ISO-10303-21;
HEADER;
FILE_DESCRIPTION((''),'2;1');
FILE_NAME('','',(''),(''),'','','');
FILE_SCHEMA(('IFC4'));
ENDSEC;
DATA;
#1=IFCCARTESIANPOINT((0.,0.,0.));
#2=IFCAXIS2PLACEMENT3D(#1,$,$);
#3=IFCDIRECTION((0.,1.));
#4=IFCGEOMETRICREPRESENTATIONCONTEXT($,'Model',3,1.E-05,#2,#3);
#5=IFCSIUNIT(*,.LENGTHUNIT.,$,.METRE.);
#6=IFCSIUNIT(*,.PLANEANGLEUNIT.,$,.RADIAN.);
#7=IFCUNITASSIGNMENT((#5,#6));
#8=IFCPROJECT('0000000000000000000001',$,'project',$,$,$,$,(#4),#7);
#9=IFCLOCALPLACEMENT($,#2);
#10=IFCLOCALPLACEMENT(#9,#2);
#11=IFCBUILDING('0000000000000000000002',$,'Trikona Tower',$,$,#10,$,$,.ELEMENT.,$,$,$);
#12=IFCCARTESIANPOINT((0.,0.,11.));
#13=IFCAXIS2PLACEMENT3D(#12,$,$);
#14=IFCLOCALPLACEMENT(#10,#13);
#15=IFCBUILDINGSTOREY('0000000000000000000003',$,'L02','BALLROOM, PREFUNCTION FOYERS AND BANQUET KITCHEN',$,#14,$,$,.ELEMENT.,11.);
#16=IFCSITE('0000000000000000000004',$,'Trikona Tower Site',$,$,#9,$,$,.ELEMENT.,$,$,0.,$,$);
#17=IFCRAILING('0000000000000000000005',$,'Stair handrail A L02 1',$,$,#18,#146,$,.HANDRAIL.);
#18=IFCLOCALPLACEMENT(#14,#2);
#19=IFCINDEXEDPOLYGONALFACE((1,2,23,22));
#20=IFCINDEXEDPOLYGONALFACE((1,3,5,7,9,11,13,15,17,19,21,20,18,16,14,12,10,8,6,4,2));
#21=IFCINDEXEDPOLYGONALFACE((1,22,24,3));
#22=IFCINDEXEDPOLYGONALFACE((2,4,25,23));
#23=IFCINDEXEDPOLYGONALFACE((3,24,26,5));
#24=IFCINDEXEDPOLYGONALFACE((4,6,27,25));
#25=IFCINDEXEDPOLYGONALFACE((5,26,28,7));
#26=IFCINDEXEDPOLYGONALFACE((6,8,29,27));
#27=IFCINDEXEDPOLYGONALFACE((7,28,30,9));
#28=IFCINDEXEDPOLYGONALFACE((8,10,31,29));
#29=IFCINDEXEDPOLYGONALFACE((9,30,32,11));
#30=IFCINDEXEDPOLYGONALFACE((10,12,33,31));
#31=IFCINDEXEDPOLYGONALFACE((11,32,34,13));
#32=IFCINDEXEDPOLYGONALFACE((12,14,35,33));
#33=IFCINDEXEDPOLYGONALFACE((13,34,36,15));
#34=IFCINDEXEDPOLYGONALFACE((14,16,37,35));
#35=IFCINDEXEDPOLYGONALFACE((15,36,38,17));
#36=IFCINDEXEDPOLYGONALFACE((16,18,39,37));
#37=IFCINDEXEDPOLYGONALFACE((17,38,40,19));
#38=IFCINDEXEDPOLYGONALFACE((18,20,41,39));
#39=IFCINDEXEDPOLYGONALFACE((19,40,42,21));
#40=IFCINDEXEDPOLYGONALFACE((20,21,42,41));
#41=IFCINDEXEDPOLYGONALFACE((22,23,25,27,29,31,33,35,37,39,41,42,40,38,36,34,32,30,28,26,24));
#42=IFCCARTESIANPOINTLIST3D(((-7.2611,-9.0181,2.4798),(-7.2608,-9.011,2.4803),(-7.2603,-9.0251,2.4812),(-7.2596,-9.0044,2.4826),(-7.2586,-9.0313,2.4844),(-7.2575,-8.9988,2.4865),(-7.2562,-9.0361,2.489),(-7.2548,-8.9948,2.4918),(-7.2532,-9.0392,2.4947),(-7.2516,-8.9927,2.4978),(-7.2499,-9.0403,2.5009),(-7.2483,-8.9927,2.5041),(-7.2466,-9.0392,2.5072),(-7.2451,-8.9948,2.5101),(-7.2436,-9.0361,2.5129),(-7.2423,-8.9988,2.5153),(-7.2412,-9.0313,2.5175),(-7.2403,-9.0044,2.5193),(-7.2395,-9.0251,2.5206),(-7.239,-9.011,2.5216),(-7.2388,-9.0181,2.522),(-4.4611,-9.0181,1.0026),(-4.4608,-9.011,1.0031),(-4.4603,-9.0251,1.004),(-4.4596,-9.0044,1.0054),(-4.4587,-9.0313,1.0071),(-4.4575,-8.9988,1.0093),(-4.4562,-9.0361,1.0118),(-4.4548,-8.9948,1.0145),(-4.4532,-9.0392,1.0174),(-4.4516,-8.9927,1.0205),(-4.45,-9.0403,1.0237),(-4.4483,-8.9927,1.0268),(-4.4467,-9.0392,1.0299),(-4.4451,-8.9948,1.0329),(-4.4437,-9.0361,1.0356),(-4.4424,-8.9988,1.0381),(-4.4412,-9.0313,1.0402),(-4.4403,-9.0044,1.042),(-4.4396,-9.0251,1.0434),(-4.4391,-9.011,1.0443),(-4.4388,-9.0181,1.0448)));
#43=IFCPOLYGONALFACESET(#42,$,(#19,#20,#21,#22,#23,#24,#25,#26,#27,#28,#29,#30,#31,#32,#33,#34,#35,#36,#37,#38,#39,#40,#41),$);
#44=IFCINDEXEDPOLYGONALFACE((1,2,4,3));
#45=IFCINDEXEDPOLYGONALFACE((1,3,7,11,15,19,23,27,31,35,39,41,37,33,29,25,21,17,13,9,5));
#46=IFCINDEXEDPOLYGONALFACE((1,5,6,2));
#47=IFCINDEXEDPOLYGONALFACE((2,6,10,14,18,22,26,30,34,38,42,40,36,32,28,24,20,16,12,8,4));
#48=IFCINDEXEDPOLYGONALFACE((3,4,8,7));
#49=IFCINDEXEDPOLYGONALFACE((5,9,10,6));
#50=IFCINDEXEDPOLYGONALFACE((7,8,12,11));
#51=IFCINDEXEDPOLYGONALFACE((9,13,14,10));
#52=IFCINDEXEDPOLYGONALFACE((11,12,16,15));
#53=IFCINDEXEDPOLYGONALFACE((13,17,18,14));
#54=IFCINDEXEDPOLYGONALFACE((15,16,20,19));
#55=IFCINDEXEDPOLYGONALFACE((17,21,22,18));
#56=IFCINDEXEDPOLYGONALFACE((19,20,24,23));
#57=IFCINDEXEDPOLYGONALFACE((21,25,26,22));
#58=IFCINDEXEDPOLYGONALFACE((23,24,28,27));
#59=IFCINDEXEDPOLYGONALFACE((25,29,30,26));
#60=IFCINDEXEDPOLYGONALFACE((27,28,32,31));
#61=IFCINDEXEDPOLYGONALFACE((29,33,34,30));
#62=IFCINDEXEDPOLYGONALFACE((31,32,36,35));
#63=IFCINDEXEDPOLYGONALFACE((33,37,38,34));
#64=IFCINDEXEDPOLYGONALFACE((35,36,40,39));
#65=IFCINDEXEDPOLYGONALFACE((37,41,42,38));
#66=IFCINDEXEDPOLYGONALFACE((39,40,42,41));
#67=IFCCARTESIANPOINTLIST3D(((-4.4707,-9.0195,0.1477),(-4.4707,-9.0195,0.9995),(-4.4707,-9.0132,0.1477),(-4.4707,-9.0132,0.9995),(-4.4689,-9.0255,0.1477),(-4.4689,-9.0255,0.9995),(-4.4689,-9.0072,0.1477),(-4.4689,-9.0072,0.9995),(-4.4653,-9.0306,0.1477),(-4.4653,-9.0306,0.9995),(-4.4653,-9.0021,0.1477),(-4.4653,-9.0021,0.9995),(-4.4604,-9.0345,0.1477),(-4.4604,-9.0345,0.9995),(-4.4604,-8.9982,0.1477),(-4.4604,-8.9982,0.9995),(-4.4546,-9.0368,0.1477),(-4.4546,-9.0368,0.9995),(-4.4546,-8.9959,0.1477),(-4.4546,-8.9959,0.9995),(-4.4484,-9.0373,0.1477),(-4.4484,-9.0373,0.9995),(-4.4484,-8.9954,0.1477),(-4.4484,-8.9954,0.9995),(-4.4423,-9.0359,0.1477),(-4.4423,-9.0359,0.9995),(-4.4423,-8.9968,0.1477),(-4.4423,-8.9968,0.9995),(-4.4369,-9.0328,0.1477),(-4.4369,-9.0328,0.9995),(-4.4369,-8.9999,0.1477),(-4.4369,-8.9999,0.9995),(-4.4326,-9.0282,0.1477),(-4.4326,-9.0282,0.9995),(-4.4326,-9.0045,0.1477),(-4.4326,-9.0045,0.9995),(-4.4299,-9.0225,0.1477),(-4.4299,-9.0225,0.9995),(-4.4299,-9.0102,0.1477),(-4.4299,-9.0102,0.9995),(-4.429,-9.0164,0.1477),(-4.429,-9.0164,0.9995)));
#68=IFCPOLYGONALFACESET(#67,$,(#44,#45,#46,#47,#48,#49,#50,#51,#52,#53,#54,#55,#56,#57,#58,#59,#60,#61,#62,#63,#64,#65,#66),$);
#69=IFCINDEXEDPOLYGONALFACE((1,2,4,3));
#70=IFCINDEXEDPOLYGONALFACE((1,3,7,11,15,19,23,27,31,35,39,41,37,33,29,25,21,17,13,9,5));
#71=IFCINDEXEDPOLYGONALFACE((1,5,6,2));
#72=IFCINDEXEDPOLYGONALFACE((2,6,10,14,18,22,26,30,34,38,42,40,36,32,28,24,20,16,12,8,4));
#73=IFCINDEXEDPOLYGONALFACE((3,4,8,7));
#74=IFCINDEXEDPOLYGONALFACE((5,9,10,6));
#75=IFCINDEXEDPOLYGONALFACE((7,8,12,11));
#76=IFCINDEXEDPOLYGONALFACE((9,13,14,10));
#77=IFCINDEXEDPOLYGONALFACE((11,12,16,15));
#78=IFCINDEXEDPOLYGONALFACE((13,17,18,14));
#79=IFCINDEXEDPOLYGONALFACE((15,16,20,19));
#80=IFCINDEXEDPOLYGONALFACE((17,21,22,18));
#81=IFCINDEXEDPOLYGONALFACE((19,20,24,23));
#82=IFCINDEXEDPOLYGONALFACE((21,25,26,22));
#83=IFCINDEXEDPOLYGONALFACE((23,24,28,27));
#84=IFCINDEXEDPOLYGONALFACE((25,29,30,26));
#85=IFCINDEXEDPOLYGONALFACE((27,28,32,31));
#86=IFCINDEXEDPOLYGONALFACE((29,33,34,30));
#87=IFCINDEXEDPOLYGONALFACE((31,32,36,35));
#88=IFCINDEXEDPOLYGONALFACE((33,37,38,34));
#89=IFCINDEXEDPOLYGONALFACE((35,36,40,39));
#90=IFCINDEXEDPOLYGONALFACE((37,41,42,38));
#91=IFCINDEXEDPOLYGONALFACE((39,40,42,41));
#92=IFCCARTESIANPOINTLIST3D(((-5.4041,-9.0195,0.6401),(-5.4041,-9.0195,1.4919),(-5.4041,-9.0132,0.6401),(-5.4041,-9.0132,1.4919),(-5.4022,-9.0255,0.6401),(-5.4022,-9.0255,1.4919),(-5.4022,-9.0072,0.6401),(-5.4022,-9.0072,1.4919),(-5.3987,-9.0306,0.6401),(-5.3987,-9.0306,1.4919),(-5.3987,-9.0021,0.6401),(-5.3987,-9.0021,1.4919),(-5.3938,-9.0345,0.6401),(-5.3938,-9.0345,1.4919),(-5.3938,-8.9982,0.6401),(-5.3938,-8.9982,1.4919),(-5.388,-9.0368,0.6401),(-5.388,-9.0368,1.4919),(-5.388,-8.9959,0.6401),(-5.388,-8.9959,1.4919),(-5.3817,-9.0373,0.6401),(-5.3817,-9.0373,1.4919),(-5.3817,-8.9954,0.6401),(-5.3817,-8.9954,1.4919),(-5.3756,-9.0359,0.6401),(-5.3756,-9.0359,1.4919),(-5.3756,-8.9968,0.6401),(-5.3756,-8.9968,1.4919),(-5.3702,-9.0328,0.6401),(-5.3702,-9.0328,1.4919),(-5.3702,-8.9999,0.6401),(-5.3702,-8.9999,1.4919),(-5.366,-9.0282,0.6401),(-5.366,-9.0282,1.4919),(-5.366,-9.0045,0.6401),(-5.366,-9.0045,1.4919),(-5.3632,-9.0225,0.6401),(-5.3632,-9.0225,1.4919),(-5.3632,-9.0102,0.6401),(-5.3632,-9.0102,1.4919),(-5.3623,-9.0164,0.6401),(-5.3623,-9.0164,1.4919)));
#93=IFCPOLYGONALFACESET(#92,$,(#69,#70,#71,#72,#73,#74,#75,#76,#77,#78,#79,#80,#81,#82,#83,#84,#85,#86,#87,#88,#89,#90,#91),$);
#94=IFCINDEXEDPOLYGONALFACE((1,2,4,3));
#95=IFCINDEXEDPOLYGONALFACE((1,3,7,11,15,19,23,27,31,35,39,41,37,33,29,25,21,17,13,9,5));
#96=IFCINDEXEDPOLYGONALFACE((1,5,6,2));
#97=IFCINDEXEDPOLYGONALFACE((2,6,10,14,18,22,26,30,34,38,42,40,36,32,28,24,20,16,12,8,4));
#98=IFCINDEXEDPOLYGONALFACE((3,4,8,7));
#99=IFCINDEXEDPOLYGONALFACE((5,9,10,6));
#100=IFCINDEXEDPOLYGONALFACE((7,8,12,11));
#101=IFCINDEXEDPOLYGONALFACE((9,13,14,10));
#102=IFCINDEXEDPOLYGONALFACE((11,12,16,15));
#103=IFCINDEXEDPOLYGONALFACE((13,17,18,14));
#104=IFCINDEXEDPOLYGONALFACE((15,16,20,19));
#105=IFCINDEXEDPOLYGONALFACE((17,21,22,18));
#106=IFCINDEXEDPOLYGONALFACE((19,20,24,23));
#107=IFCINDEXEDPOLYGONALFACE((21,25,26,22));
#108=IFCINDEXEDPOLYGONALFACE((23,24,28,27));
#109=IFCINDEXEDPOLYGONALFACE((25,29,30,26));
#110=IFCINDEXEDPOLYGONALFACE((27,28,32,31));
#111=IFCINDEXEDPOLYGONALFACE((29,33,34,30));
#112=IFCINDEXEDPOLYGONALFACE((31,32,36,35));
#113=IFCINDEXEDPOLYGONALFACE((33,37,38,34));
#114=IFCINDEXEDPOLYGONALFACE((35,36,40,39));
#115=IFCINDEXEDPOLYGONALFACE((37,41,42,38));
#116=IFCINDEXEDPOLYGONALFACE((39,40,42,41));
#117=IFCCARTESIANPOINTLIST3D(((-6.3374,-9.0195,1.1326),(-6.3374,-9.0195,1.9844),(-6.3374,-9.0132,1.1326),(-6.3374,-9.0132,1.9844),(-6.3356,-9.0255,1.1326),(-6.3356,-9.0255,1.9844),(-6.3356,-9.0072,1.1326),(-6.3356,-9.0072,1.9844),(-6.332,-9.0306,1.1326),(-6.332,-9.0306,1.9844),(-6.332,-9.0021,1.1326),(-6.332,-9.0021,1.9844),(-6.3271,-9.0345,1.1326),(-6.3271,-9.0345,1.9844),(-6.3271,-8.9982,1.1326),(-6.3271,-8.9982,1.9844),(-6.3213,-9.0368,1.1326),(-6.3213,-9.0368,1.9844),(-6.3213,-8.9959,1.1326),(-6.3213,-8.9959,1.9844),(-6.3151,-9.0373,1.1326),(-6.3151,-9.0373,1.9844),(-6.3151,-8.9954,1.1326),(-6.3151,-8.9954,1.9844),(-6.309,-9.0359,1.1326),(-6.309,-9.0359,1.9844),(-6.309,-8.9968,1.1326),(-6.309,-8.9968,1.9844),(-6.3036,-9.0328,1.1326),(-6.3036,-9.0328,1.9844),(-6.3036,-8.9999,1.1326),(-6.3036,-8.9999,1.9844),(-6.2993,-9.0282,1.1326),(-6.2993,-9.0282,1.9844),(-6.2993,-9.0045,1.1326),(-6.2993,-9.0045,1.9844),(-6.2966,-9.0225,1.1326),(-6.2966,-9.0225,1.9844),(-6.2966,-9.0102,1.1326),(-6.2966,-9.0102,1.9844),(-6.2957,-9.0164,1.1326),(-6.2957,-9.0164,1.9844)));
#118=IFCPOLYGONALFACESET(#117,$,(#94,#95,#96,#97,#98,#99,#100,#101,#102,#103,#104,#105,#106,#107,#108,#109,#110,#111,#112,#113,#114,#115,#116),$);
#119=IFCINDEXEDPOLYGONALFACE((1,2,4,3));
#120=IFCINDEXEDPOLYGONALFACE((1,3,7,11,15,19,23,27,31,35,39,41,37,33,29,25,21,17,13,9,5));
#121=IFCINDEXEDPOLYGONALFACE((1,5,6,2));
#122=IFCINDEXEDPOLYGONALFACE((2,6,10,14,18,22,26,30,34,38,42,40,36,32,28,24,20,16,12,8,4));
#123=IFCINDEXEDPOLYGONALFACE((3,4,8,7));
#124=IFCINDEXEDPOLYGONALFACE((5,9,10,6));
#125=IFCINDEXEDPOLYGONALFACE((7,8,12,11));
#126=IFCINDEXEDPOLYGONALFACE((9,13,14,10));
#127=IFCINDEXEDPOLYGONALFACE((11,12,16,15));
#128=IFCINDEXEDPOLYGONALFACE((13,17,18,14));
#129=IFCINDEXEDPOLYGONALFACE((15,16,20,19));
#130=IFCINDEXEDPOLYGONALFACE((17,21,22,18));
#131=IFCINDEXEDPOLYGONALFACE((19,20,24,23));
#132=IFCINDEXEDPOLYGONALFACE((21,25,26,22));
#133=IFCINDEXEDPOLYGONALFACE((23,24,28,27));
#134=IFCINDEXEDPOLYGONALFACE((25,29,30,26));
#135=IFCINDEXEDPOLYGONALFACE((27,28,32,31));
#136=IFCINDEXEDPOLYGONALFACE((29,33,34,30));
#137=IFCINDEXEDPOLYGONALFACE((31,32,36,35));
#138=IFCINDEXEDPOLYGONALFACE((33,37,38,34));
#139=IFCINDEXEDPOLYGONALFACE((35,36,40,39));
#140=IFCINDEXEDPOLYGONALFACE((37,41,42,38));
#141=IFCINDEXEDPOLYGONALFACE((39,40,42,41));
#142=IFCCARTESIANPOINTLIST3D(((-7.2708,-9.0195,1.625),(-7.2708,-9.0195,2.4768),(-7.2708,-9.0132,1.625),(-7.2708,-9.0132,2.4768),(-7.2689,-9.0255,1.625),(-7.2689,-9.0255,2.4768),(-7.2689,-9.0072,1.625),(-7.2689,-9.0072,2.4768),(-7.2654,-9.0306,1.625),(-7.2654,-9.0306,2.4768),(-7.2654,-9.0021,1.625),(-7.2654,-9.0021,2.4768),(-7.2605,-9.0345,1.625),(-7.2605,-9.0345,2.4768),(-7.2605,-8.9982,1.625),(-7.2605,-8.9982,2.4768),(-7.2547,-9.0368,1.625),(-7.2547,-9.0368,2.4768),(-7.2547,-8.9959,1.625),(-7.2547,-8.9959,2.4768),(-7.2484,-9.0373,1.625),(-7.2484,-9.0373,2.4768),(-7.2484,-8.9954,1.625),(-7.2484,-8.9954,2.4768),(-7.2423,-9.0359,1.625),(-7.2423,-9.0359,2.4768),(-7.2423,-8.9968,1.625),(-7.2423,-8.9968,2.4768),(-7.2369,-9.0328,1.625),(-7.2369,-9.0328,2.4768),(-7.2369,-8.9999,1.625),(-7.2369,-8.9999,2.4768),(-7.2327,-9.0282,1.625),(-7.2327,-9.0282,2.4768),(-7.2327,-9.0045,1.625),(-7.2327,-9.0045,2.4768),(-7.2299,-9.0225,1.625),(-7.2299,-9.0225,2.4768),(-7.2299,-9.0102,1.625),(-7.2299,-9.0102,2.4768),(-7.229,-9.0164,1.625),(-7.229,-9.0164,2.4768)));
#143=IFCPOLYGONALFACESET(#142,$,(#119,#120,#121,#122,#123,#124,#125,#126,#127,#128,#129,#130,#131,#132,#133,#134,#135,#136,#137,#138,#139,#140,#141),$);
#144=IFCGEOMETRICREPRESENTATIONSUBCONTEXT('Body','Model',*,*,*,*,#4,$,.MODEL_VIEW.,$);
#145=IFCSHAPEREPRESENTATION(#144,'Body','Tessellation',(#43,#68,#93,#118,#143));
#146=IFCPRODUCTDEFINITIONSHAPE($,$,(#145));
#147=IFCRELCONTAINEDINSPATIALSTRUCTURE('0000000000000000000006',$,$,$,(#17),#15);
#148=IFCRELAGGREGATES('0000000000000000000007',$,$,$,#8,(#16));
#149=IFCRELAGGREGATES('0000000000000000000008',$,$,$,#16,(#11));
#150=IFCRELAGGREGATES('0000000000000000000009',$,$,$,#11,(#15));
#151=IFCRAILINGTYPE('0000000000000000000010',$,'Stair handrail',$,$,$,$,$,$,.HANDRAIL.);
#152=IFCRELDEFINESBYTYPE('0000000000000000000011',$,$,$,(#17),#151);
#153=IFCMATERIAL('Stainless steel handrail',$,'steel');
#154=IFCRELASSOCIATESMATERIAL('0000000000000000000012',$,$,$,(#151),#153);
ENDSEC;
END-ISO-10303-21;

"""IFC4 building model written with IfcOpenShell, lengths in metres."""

from ifc_helpers import new_model, si_unit, direction, frame, origin, origin_2d, place, context, subcontext, project, spatial, circle, extrude, material, type_object, element, save


model = new_model("IFC4")

# Units and contexts
model_context = context("Model", 3, precision=1e-05, world=origin(), true_north=direction((0.0, 1.0)))
body_context = subcontext(model_context, "Body", "Model", "MODEL_VIEW")
ifc_project = project(units=[si_unit("LENGTHUNIT", "METRE"), si_unit("PLANEANGLEUNIT", "RADIAN")], contexts=[model_context])

# Site, building, storey
site_placement = place(None, origin())
site = spatial("IfcSite", under=ifc_project, at=site_placement, Name="Trikona Tower Site", CompositionType="ELEMENT", RefElevation=0.0)
building_placement = place(site_placement, origin())
building = spatial("IfcBuilding", under=site, at=building_placement, Name="Trikona Tower", CompositionType="ELEMENT")
storey_placement = place(building_placement, frame((0.0, 0.0, 11.0)))
storey = spatial("IfcBuildingStorey", under=building, at=storey_placement, Name="L02", Description="BALLROOM, PREFUNCTION FOYERS AND BANQUET KITCHEN", CompositionType="ELEMENT", Elevation=11.0)

# Railing
ifc_material_1 = material(Name="Stainless steel handrail", Category="steel")
railing_type = type_object("IfcRailingType", Name="Stair handrail", PredefinedType="HANDRAIL", material=ifc_material_1)
railing_1_placement = place(storey_placement, frame((-4.45, -9.0164, 0.1477)))
element("IfcRailing", 1, at=railing_1_placement, inside=storey, type_object=railing_type, Name="Stair handrail A L02 1", PredefinedType="HANDRAIL", context=body_context, shape_type="SweptSolid", body=[
    extrude(circle(Radius=0.0239, at=origin_2d()), frame((0.0, 0.0, 0.876), z_axis=(-0.884451, 0.0, 0.466633), x_axis=(0.0, -1.0, 0.0)), (0.0, 0.0, 1.0), 3.1658),
    extrude(circle(Radius=0.021, at=origin_2d()), origin(), (0.0, 0.0, 1.0), 0.8518),
    extrude(circle(Radius=0.021, at=origin_2d()), frame((-0.9333, 0.0, 0.4924)), (0.0, 0.0, 1.0), 0.8518),
    extrude(circle(Radius=0.021, at=origin_2d()), frame((-1.8667, 0.0, 0.9849)), (0.0, 0.0, 1.0), 0.8518),
    extrude(circle(Radius=0.021, at=origin_2d()), frame((-2.8, 0.0, 1.4773)), (0.0, 0.0, 1.0), 0.8518),
])

save(model, "model.ifc")
